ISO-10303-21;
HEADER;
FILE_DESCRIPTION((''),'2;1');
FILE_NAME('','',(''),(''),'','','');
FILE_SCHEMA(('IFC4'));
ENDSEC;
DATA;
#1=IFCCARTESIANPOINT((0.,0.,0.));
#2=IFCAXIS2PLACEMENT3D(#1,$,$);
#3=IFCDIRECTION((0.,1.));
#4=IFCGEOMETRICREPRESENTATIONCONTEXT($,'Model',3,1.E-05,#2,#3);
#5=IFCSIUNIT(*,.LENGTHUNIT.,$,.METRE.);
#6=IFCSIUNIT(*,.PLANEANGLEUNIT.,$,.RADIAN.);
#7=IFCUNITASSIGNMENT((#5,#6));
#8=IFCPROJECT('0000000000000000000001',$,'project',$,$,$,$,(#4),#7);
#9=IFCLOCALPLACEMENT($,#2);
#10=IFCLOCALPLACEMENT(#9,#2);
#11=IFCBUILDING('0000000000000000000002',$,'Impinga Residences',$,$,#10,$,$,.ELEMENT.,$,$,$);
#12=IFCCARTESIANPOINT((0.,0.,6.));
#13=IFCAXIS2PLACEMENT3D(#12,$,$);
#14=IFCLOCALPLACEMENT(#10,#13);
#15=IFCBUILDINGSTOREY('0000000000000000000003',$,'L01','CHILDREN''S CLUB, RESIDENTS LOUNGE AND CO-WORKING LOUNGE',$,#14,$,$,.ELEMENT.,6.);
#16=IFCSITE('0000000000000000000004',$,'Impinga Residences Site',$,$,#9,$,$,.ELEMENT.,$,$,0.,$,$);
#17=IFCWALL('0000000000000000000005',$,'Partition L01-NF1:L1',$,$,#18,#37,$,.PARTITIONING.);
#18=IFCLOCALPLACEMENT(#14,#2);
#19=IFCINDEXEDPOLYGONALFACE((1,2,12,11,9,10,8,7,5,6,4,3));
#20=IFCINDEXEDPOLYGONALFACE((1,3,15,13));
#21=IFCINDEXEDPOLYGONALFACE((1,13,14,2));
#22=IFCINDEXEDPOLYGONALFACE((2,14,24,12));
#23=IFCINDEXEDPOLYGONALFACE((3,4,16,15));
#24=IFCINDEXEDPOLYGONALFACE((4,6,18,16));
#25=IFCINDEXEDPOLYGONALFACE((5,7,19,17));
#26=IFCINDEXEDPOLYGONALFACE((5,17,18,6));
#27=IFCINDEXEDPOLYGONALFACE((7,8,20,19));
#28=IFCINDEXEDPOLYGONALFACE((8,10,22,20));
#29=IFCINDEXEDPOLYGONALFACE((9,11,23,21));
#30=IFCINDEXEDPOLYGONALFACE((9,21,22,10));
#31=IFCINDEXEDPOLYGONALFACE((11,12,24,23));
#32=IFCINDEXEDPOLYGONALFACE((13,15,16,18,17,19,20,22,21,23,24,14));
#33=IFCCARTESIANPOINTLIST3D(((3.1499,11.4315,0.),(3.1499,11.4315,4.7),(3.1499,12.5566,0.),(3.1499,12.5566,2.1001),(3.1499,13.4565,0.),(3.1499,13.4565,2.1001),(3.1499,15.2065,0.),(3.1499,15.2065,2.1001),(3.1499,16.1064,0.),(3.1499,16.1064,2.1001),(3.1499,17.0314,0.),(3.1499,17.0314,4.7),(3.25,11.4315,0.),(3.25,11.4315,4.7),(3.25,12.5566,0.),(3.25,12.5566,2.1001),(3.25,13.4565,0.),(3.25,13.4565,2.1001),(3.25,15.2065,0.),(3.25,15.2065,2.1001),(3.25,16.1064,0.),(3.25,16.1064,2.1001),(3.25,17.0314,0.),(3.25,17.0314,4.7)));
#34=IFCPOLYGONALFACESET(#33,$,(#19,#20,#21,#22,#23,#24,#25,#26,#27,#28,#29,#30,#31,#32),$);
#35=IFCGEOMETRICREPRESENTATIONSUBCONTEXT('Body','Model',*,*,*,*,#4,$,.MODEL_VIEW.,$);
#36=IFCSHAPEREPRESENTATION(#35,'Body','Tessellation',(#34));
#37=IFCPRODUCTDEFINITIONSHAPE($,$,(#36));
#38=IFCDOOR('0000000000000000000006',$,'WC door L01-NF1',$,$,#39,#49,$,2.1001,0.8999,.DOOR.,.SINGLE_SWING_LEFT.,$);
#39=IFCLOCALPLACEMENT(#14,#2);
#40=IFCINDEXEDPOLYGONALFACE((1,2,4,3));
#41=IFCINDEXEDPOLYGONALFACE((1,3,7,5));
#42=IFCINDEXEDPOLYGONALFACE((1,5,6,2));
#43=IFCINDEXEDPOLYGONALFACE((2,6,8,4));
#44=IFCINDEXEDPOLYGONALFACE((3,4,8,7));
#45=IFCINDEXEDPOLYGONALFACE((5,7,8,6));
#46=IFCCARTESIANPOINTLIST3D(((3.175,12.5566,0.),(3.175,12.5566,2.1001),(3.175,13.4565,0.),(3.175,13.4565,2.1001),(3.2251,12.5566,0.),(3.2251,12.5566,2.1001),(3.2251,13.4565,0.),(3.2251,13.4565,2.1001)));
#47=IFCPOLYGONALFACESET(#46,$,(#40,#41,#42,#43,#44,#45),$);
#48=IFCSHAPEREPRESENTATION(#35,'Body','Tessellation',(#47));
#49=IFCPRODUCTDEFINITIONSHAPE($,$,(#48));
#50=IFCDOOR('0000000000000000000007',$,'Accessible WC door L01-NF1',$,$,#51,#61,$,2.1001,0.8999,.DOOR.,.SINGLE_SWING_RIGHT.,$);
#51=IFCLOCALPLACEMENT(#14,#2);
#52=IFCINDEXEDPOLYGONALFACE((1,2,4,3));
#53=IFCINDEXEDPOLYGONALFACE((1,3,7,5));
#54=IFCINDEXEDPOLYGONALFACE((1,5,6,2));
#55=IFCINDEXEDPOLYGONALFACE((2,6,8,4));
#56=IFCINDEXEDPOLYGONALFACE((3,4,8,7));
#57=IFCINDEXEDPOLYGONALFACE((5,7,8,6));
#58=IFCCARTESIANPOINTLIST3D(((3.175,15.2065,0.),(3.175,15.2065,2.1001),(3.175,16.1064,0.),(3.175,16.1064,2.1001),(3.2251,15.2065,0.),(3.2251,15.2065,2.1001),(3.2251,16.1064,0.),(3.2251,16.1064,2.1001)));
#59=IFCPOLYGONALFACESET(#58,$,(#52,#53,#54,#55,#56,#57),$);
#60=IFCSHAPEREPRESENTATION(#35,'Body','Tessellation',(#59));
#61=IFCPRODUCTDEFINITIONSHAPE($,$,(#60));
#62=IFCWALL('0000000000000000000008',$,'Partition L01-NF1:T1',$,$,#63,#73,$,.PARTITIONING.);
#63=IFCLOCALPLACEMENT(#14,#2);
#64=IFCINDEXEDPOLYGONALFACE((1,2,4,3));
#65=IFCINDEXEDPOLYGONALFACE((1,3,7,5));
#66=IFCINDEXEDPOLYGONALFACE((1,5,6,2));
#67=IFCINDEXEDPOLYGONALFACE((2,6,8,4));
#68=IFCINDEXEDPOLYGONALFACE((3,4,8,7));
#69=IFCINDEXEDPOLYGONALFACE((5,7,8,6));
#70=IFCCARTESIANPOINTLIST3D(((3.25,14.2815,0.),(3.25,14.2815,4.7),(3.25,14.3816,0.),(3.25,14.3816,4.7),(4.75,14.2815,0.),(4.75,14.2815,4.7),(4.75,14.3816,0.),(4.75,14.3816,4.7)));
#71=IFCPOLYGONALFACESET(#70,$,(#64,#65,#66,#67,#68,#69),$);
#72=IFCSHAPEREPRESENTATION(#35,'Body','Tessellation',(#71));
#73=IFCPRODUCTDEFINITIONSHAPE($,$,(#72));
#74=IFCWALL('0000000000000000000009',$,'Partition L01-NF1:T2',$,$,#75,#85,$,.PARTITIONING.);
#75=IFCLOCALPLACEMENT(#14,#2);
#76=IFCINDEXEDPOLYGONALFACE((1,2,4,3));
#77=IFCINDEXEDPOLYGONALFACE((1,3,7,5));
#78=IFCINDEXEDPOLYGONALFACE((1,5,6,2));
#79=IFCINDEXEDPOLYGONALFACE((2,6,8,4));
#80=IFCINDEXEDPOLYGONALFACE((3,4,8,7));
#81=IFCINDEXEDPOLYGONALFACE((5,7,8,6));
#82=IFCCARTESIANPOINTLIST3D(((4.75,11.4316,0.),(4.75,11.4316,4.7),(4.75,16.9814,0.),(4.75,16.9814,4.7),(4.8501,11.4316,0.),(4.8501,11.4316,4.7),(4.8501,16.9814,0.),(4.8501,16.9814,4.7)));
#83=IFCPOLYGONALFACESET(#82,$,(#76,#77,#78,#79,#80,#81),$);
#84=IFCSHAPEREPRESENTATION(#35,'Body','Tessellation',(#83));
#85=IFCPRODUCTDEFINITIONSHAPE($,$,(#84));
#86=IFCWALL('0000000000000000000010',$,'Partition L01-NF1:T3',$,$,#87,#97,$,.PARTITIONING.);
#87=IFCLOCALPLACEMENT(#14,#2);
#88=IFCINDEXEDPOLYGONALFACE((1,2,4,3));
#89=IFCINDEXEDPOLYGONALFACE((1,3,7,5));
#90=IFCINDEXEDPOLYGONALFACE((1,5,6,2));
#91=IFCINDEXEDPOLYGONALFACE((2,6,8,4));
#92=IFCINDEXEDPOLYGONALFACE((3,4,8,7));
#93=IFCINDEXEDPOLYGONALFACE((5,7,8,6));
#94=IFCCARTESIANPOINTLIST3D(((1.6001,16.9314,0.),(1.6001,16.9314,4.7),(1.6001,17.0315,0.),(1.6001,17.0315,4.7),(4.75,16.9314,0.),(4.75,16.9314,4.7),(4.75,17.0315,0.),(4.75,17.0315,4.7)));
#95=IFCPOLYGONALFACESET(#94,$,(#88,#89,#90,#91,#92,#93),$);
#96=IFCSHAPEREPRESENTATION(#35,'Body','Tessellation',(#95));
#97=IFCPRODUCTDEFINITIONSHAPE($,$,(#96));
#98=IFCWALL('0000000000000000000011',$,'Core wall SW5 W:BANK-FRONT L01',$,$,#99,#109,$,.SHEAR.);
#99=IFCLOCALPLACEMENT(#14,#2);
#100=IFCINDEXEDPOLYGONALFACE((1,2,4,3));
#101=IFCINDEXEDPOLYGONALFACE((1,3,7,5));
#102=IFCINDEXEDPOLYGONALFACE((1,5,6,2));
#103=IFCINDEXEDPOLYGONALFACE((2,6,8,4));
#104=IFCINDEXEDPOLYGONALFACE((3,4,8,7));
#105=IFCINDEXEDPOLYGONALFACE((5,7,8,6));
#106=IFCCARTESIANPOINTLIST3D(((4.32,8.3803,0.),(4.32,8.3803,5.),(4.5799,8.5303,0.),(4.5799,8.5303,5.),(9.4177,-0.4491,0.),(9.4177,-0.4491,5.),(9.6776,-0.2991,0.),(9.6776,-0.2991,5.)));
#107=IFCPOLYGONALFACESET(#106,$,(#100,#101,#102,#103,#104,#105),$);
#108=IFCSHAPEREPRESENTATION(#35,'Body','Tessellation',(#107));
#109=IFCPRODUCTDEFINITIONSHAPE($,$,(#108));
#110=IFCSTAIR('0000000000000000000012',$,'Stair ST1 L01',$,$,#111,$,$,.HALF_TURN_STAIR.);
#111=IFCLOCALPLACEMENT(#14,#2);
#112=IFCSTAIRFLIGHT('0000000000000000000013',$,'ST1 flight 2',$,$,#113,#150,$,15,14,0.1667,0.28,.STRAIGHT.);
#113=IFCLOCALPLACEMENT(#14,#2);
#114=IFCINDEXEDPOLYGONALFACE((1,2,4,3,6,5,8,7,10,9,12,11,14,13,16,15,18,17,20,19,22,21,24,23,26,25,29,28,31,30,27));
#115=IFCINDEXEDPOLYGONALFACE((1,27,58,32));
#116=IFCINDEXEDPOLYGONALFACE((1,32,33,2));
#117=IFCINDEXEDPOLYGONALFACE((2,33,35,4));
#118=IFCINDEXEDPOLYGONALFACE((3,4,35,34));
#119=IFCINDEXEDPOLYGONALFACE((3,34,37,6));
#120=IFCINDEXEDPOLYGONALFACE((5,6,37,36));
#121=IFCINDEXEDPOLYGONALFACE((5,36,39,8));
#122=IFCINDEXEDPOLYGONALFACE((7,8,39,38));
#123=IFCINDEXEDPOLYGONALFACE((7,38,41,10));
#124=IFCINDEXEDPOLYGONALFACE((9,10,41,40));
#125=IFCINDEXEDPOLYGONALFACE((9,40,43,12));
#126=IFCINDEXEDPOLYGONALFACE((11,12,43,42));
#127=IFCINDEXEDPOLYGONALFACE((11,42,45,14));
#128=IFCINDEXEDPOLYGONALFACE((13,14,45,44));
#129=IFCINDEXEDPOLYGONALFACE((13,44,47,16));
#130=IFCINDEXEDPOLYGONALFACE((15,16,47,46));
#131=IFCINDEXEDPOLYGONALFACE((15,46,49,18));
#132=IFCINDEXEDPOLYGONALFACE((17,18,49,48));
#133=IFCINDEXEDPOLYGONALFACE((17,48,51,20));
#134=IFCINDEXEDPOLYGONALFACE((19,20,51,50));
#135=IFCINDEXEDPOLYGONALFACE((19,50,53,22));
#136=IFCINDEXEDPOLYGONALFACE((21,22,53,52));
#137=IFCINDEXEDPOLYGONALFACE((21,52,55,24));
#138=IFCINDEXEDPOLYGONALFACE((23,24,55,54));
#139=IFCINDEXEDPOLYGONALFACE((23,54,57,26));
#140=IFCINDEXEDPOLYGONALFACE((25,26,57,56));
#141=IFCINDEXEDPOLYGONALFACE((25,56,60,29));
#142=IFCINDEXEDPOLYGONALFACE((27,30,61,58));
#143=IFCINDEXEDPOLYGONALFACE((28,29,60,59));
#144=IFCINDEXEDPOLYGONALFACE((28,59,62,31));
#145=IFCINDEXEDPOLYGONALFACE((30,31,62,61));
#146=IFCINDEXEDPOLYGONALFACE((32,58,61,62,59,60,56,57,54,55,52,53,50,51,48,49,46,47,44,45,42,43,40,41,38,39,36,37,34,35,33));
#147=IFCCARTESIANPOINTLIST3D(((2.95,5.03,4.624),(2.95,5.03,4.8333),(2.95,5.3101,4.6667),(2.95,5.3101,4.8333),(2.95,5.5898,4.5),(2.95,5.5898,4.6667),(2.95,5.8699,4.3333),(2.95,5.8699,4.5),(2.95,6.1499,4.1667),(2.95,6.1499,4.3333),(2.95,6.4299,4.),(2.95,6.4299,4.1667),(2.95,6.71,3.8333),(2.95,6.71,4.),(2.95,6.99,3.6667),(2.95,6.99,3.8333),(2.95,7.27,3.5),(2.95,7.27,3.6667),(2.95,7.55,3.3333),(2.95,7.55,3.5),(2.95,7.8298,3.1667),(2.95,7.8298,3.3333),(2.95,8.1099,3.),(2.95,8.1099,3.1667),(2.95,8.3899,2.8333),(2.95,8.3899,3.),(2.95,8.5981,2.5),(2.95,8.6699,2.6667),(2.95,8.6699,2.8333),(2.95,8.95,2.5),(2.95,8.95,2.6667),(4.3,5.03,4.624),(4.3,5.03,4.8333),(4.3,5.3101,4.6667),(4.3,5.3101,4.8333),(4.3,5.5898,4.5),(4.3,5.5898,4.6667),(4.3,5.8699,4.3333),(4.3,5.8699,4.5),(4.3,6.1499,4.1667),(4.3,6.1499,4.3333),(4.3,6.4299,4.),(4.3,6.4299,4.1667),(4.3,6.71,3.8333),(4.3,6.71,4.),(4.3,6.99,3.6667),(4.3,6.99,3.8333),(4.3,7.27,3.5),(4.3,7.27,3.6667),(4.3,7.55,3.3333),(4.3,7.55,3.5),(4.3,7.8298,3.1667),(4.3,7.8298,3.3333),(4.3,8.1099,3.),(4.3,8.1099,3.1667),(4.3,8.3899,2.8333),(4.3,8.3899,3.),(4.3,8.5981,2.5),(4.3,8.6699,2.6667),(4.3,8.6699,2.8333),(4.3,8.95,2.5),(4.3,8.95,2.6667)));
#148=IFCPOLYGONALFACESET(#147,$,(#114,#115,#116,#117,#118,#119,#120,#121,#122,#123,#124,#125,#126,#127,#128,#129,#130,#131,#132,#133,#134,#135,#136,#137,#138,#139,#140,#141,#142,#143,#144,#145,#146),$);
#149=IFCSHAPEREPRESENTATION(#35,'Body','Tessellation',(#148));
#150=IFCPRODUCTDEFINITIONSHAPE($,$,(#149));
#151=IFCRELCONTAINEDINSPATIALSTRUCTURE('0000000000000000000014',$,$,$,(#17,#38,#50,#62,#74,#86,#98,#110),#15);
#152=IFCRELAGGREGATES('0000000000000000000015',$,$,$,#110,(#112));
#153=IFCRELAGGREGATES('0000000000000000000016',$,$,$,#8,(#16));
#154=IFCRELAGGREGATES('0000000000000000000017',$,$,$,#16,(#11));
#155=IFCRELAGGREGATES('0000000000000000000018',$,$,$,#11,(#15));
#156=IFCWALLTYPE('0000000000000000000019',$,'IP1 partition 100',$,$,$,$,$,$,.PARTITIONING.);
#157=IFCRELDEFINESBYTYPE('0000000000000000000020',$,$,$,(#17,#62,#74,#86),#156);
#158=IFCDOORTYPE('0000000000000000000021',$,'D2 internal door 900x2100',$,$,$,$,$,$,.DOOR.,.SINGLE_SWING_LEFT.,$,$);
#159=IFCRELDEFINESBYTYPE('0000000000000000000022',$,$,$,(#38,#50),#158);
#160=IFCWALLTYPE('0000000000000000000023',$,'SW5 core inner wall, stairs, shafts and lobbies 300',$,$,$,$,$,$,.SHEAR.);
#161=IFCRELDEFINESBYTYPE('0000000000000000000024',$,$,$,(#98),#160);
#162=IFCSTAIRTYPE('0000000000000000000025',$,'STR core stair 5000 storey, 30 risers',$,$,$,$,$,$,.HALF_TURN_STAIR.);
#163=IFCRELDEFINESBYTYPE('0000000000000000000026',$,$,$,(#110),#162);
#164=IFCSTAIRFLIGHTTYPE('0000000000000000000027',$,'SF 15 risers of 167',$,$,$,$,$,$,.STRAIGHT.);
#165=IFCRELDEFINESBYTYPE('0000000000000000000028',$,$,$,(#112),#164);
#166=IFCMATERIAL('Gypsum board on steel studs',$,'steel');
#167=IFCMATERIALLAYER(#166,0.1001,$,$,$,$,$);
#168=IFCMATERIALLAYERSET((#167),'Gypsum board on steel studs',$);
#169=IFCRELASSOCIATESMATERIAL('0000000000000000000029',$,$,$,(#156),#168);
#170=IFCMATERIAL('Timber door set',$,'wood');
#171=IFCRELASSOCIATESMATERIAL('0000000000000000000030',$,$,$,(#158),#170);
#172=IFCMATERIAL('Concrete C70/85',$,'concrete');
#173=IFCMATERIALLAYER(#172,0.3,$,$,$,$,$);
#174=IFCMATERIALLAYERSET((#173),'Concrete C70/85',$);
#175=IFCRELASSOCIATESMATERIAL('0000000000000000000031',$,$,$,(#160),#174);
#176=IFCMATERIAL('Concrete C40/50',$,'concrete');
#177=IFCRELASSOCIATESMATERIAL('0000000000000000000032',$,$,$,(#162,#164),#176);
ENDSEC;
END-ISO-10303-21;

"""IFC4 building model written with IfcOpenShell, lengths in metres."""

from ifc_helpers import new_model, si_unit, direction, frame, frame_2d, origin, place, context, subcontext, project, spatial, polyline, rectangle, outline, extrude, material, layer, layer_set, type_object, element, fill, aggregate, save


model = new_model("IFC4")

# Units and contexts
model_context = context("Model", 3, precision=1e-05, world=origin(), true_north=direction((0.0, 1.0)))
body_context = subcontext(model_context, "Body", "Model", "MODEL_VIEW")
ifc_project = project(units=[si_unit("LENGTHUNIT", "METRE"), si_unit("PLANEANGLEUNIT", "RADIAN")], contexts=[model_context])

# Site, building, storey
site_placement = place(None, origin())
site = spatial("IfcSite", under=ifc_project, at=site_placement, Name="Impinga Residences Site", CompositionType="ELEMENT", RefElevation=0.0)
building_placement = place(site_placement, origin())
building = spatial("IfcBuilding", under=site, at=building_placement, Name="Impinga Residences", CompositionType="ELEMENT")
storey_placement = place(building_placement, frame((0.0, 0.0, 6.0)))
storey = spatial("IfcBuildingStorey", under=building, at=storey_placement, Name="L01", Description="CHILDREN'S CLUB, RESIDENTS LOUNGE AND CO-WORKING LOUNGE", CompositionType="ELEMENT", Elevation=6.0)

# Shared definitions
ifc_material_1 = material(Name="Concrete C70/85", Category="concrete")

# Wall, openings, doors
ifc_material_2 = material(Name="Timber door set", Category="wood")
ifc_material_3 = material(Name="Gypsum board on steel studs", Category="steel")
ifc_layer_1 = layer(ifc_material_3, 0.1001)
ifc_layer_set_1 = layer_set([ifc_layer_1], Name="Gypsum board on steel studs")
wall_type_1 = type_object("IfcWallType", Name="IP1 partition 100", PredefinedType="PARTITIONING", material=ifc_layer_set_1)
wall_1_placement = place(storey_placement, frame((3.2, 11.4316, 0.0), z_axis=(0.0, 0.0, 1.0), x_axis=(0.0, 1.0, 0.0)))
wall_1 = element("IfcWall", 1, at=wall_1_placement, inside=storey, type_object=wall_type_1, Name="Partition L01-NF1:L1", PredefinedType="PARTITIONING", context=body_context, shape_type="SweptSolid", body=[
    extrude(rectangle(XDim=5.5999, YDim=0.1001, at=frame_2d((2.7998, 0.0))), origin(), (0.0, 0.0, 1.0), 4.7),
])
opening_1_placement = place(wall_1_placement, frame((1.125, 0.0, 0.0)))
opening_1 = element("IfcOpeningElement", 2, at=opening_1_placement, cuts=wall_1, PredefinedType="OPENING", context=body_context, shape_type="SweptSolid", body=[
    extrude(rectangle(XDim=0.8999, YDim=2.1001, at=frame_2d((0.45, 1.05))), frame((0.0, 0.0601, 0.0), z_axis=(0.0, -1.0, 0.0), x_axis=(1.0, 0.0, 0.0)), (0.0, 0.0, 1.0), 0.1201),
])
opening_2_placement = place(wall_1_placement, frame((3.7749, 0.0, 0.0)))
opening_2 = element("IfcOpeningElement", 3, at=opening_2_placement, cuts=wall_1, PredefinedType="OPENING", context=body_context, shape_type="SweptSolid", body=[
    extrude(rectangle(XDim=0.8999, YDim=2.1001, at=frame_2d((0.45, 1.05))), frame((0.0, 0.0601, 0.0), z_axis=(0.0, -1.0, 0.0), x_axis=(1.0, 0.0, 0.0)), (0.0, 0.0, 1.0), 0.1201),
])
door_type_1 = type_object("IfcDoorType", Name="D2 internal door 900x2100", OperationType="SINGLE_SWING_LEFT", PredefinedType="DOOR", material=ifc_material_2)
door_1_placement = place(opening_1_placement, origin())
door_1 = element("IfcDoor", 4, at=door_1_placement, inside=storey, type_object=door_type_1, Name="WC door L01-NF1", OperationType="SINGLE_SWING_LEFT", OverallHeight=2.1001, OverallWidth=0.8999, PredefinedType="DOOR", context=body_context, shape_type="SweptSolid", body=[
    extrude(rectangle(XDim=0.8999, YDim=2.1001, at=frame_2d((0.45, 1.05))), frame((0.0, 0.0249, 0.0), z_axis=(0.0, -1.0, 0.0), x_axis=(1.0, 0.0, 0.0)), (0.0, 0.0, 1.0), 0.05),
])
fill(opening_1, door_1)
door_2_placement = place(opening_2_placement, origin())
door_2 = element("IfcDoor", 5, at=door_2_placement, inside=storey, type_object=door_type_1, Name="Accessible WC door L01-NF1", OperationType="SINGLE_SWING_RIGHT", OverallHeight=2.1001, OverallWidth=0.8999, PredefinedType="DOOR", context=body_context, shape_type="SweptSolid", body=[
    extrude(rectangle(XDim=0.8999, YDim=2.1001, at=frame_2d((0.45, 1.05))), frame((0.0, 0.0249, 0.0), z_axis=(0.0, -1.0, 0.0), x_axis=(1.0, 0.0, 0.0)), (0.0, 0.0, 1.0), 0.05),
])
fill(opening_2, door_2)

# Walls
wall_2_placement = place(storey_placement, frame((3.25, 14.3315, 0.0), z_axis=(0.0, 0.0, 1.0), x_axis=(1.0, 0.0, 0.0)))
element("IfcWall", 6, at=wall_2_placement, inside=storey, type_object=wall_type_1, Name="Partition L01-NF1:T1", PredefinedType="PARTITIONING", context=body_context, shape_type="SweptSolid", body=[
    extrude(rectangle(XDim=1.5, YDim=0.1001, at=frame_2d((0.75, 0.0))), origin(), (0.0, 0.0, 1.0), 4.7),
])
wall_3_placement = place(storey_placement, frame((4.8, 11.4316, 0.0), z_axis=(0.0, 0.0, 1.0), x_axis=(0.0, 1.0, 0.0)))
element("IfcWall", 7, at=wall_3_placement, inside=storey, type_object=wall_type_1, Name="Partition L01-NF1:T2", PredefinedType="PARTITIONING", context=body_context, shape_type="SweptSolid", body=[
    extrude(rectangle(XDim=5.5498, YDim=0.1001, at=frame_2d((2.7749, 0.0))), origin(), (0.0, 0.0, 1.0), 4.7),
])
wall_4_placement = place(storey_placement, frame((1.6001, 16.9814, 0.0), z_axis=(0.0, 0.0, 1.0), x_axis=(1.0, 0.0, 0.0)))
element("IfcWall", 8, at=wall_4_placement, inside=storey, type_object=wall_type_1, Name="Partition L01-NF1:T3", PredefinedType="PARTITIONING", context=body_context, shape_type="SweptSolid", body=[
    extrude(rectangle(XDim=3.1499, YDim=0.1001, at=frame_2d((1.575, 0.0))), origin(), (0.0, 0.0, 1.0), 4.7),
])
ifc_layer_2 = layer(ifc_material_1, 0.3)
ifc_layer_set_2 = layer_set([ifc_layer_2], Name="Concrete C70/85")
wall_type_2 = type_object("IfcWallType", Name="SW5 core inner wall, stairs, shafts and lobbies 300", PredefinedType="SHEAR", material=ifc_layer_set_2)
wall_5_placement = place(storey_placement, frame((4.45, 8.4553, 0.0), z_axis=(0.0, 0.0, 1.0), x_axis=(0.500002, -0.866024, 0.0)))
element("IfcWall", 9, at=wall_5_placement, inside=storey, type_object=wall_type_2, Name="Core wall SW5 W:BANK-FRONT L01", PredefinedType="SHEAR", context=body_context, shape_type="SweptSolid", body=[
    extrude(rectangle(XDim=10.1953, YDim=0.3, at=frame_2d((5.0977, 0.0))), origin(), (0.0, 0.0, 1.0), 5.0),
])

# Stair, stair flight
ifc_material_4 = material(Name="Concrete C40/50", Category="concrete")
stair_type = type_object("IfcStairType", Name="STR core stair 5000 storey, 30 risers", PredefinedType="HALF_TURN_STAIR", material=ifc_material_4)
stair_placement = place(storey_placement, origin())
stair = element("IfcStair", 10, at=stair_placement, inside=storey, type_object=stair_type, Name="Stair ST1 L01", PredefinedType="HALF_TURN_STAIR")
stair_flight_type = type_object("IfcStairFlightType", Name="SF 15 risers of 167", PredefinedType="STRAIGHT", material=ifc_material_4)
stair_flight_placement = place(storey_placement, frame((3.625, 8.95, 2.5), z_axis=(0.0, 0.0, 1.0), x_axis=(0.0, -1.0, 0.0)))
stair_flight = element("IfcStairFlight", 11, at=stair_flight_placement, type_object=stair_flight_type, Name="ST1 flight 2", NumberOfRisers=15, NumberOfTreads=14, PredefinedType="STRAIGHT", RiserHeight=0.1667, TreadLength=0.28, context=body_context, shape_type="SweptSolid", body=[
    extrude(outline(polyline([(0.0, 0.0), (0.0, 0.1667), (0.28, 0.1667), (0.28, 0.3333), (0.5601, 0.3333), (0.5601, 0.5), (0.8401, 0.5), (0.8401, 0.6667), (1.1201, 0.6667), (1.1201, 0.8333), (1.3999, 0.8333), (1.3999, 1.0), (1.6799, 1.0), (1.6799, 1.1667), (1.96, 1.1667), (1.96, 1.3333), (2.24, 1.3333), (2.24, 1.5), (2.52, 1.5), (2.52, 1.6667), (2.8, 1.6667), (2.8, 1.8333), (3.0801, 1.8333), (3.0801, 2.0), (3.3601, 2.0), (3.3601, 2.1667), (3.6399, 2.1667), (3.6399, 2.3333), (3.9199, 2.3333), (3.9199, 2.5), (3.9199, 2.124), (0.3518, 0.0), (0.0, 0.0)])), frame((0.0, 0.675, 0.0), z_axis=(0.0, -1.0, 0.0), x_axis=(1.0, 0.0, 0.0)), (0.0, 0.0, 1.0), 1.3501),
])
aggregate(stair, [stair_flight])

save(model, "model.ifc")
